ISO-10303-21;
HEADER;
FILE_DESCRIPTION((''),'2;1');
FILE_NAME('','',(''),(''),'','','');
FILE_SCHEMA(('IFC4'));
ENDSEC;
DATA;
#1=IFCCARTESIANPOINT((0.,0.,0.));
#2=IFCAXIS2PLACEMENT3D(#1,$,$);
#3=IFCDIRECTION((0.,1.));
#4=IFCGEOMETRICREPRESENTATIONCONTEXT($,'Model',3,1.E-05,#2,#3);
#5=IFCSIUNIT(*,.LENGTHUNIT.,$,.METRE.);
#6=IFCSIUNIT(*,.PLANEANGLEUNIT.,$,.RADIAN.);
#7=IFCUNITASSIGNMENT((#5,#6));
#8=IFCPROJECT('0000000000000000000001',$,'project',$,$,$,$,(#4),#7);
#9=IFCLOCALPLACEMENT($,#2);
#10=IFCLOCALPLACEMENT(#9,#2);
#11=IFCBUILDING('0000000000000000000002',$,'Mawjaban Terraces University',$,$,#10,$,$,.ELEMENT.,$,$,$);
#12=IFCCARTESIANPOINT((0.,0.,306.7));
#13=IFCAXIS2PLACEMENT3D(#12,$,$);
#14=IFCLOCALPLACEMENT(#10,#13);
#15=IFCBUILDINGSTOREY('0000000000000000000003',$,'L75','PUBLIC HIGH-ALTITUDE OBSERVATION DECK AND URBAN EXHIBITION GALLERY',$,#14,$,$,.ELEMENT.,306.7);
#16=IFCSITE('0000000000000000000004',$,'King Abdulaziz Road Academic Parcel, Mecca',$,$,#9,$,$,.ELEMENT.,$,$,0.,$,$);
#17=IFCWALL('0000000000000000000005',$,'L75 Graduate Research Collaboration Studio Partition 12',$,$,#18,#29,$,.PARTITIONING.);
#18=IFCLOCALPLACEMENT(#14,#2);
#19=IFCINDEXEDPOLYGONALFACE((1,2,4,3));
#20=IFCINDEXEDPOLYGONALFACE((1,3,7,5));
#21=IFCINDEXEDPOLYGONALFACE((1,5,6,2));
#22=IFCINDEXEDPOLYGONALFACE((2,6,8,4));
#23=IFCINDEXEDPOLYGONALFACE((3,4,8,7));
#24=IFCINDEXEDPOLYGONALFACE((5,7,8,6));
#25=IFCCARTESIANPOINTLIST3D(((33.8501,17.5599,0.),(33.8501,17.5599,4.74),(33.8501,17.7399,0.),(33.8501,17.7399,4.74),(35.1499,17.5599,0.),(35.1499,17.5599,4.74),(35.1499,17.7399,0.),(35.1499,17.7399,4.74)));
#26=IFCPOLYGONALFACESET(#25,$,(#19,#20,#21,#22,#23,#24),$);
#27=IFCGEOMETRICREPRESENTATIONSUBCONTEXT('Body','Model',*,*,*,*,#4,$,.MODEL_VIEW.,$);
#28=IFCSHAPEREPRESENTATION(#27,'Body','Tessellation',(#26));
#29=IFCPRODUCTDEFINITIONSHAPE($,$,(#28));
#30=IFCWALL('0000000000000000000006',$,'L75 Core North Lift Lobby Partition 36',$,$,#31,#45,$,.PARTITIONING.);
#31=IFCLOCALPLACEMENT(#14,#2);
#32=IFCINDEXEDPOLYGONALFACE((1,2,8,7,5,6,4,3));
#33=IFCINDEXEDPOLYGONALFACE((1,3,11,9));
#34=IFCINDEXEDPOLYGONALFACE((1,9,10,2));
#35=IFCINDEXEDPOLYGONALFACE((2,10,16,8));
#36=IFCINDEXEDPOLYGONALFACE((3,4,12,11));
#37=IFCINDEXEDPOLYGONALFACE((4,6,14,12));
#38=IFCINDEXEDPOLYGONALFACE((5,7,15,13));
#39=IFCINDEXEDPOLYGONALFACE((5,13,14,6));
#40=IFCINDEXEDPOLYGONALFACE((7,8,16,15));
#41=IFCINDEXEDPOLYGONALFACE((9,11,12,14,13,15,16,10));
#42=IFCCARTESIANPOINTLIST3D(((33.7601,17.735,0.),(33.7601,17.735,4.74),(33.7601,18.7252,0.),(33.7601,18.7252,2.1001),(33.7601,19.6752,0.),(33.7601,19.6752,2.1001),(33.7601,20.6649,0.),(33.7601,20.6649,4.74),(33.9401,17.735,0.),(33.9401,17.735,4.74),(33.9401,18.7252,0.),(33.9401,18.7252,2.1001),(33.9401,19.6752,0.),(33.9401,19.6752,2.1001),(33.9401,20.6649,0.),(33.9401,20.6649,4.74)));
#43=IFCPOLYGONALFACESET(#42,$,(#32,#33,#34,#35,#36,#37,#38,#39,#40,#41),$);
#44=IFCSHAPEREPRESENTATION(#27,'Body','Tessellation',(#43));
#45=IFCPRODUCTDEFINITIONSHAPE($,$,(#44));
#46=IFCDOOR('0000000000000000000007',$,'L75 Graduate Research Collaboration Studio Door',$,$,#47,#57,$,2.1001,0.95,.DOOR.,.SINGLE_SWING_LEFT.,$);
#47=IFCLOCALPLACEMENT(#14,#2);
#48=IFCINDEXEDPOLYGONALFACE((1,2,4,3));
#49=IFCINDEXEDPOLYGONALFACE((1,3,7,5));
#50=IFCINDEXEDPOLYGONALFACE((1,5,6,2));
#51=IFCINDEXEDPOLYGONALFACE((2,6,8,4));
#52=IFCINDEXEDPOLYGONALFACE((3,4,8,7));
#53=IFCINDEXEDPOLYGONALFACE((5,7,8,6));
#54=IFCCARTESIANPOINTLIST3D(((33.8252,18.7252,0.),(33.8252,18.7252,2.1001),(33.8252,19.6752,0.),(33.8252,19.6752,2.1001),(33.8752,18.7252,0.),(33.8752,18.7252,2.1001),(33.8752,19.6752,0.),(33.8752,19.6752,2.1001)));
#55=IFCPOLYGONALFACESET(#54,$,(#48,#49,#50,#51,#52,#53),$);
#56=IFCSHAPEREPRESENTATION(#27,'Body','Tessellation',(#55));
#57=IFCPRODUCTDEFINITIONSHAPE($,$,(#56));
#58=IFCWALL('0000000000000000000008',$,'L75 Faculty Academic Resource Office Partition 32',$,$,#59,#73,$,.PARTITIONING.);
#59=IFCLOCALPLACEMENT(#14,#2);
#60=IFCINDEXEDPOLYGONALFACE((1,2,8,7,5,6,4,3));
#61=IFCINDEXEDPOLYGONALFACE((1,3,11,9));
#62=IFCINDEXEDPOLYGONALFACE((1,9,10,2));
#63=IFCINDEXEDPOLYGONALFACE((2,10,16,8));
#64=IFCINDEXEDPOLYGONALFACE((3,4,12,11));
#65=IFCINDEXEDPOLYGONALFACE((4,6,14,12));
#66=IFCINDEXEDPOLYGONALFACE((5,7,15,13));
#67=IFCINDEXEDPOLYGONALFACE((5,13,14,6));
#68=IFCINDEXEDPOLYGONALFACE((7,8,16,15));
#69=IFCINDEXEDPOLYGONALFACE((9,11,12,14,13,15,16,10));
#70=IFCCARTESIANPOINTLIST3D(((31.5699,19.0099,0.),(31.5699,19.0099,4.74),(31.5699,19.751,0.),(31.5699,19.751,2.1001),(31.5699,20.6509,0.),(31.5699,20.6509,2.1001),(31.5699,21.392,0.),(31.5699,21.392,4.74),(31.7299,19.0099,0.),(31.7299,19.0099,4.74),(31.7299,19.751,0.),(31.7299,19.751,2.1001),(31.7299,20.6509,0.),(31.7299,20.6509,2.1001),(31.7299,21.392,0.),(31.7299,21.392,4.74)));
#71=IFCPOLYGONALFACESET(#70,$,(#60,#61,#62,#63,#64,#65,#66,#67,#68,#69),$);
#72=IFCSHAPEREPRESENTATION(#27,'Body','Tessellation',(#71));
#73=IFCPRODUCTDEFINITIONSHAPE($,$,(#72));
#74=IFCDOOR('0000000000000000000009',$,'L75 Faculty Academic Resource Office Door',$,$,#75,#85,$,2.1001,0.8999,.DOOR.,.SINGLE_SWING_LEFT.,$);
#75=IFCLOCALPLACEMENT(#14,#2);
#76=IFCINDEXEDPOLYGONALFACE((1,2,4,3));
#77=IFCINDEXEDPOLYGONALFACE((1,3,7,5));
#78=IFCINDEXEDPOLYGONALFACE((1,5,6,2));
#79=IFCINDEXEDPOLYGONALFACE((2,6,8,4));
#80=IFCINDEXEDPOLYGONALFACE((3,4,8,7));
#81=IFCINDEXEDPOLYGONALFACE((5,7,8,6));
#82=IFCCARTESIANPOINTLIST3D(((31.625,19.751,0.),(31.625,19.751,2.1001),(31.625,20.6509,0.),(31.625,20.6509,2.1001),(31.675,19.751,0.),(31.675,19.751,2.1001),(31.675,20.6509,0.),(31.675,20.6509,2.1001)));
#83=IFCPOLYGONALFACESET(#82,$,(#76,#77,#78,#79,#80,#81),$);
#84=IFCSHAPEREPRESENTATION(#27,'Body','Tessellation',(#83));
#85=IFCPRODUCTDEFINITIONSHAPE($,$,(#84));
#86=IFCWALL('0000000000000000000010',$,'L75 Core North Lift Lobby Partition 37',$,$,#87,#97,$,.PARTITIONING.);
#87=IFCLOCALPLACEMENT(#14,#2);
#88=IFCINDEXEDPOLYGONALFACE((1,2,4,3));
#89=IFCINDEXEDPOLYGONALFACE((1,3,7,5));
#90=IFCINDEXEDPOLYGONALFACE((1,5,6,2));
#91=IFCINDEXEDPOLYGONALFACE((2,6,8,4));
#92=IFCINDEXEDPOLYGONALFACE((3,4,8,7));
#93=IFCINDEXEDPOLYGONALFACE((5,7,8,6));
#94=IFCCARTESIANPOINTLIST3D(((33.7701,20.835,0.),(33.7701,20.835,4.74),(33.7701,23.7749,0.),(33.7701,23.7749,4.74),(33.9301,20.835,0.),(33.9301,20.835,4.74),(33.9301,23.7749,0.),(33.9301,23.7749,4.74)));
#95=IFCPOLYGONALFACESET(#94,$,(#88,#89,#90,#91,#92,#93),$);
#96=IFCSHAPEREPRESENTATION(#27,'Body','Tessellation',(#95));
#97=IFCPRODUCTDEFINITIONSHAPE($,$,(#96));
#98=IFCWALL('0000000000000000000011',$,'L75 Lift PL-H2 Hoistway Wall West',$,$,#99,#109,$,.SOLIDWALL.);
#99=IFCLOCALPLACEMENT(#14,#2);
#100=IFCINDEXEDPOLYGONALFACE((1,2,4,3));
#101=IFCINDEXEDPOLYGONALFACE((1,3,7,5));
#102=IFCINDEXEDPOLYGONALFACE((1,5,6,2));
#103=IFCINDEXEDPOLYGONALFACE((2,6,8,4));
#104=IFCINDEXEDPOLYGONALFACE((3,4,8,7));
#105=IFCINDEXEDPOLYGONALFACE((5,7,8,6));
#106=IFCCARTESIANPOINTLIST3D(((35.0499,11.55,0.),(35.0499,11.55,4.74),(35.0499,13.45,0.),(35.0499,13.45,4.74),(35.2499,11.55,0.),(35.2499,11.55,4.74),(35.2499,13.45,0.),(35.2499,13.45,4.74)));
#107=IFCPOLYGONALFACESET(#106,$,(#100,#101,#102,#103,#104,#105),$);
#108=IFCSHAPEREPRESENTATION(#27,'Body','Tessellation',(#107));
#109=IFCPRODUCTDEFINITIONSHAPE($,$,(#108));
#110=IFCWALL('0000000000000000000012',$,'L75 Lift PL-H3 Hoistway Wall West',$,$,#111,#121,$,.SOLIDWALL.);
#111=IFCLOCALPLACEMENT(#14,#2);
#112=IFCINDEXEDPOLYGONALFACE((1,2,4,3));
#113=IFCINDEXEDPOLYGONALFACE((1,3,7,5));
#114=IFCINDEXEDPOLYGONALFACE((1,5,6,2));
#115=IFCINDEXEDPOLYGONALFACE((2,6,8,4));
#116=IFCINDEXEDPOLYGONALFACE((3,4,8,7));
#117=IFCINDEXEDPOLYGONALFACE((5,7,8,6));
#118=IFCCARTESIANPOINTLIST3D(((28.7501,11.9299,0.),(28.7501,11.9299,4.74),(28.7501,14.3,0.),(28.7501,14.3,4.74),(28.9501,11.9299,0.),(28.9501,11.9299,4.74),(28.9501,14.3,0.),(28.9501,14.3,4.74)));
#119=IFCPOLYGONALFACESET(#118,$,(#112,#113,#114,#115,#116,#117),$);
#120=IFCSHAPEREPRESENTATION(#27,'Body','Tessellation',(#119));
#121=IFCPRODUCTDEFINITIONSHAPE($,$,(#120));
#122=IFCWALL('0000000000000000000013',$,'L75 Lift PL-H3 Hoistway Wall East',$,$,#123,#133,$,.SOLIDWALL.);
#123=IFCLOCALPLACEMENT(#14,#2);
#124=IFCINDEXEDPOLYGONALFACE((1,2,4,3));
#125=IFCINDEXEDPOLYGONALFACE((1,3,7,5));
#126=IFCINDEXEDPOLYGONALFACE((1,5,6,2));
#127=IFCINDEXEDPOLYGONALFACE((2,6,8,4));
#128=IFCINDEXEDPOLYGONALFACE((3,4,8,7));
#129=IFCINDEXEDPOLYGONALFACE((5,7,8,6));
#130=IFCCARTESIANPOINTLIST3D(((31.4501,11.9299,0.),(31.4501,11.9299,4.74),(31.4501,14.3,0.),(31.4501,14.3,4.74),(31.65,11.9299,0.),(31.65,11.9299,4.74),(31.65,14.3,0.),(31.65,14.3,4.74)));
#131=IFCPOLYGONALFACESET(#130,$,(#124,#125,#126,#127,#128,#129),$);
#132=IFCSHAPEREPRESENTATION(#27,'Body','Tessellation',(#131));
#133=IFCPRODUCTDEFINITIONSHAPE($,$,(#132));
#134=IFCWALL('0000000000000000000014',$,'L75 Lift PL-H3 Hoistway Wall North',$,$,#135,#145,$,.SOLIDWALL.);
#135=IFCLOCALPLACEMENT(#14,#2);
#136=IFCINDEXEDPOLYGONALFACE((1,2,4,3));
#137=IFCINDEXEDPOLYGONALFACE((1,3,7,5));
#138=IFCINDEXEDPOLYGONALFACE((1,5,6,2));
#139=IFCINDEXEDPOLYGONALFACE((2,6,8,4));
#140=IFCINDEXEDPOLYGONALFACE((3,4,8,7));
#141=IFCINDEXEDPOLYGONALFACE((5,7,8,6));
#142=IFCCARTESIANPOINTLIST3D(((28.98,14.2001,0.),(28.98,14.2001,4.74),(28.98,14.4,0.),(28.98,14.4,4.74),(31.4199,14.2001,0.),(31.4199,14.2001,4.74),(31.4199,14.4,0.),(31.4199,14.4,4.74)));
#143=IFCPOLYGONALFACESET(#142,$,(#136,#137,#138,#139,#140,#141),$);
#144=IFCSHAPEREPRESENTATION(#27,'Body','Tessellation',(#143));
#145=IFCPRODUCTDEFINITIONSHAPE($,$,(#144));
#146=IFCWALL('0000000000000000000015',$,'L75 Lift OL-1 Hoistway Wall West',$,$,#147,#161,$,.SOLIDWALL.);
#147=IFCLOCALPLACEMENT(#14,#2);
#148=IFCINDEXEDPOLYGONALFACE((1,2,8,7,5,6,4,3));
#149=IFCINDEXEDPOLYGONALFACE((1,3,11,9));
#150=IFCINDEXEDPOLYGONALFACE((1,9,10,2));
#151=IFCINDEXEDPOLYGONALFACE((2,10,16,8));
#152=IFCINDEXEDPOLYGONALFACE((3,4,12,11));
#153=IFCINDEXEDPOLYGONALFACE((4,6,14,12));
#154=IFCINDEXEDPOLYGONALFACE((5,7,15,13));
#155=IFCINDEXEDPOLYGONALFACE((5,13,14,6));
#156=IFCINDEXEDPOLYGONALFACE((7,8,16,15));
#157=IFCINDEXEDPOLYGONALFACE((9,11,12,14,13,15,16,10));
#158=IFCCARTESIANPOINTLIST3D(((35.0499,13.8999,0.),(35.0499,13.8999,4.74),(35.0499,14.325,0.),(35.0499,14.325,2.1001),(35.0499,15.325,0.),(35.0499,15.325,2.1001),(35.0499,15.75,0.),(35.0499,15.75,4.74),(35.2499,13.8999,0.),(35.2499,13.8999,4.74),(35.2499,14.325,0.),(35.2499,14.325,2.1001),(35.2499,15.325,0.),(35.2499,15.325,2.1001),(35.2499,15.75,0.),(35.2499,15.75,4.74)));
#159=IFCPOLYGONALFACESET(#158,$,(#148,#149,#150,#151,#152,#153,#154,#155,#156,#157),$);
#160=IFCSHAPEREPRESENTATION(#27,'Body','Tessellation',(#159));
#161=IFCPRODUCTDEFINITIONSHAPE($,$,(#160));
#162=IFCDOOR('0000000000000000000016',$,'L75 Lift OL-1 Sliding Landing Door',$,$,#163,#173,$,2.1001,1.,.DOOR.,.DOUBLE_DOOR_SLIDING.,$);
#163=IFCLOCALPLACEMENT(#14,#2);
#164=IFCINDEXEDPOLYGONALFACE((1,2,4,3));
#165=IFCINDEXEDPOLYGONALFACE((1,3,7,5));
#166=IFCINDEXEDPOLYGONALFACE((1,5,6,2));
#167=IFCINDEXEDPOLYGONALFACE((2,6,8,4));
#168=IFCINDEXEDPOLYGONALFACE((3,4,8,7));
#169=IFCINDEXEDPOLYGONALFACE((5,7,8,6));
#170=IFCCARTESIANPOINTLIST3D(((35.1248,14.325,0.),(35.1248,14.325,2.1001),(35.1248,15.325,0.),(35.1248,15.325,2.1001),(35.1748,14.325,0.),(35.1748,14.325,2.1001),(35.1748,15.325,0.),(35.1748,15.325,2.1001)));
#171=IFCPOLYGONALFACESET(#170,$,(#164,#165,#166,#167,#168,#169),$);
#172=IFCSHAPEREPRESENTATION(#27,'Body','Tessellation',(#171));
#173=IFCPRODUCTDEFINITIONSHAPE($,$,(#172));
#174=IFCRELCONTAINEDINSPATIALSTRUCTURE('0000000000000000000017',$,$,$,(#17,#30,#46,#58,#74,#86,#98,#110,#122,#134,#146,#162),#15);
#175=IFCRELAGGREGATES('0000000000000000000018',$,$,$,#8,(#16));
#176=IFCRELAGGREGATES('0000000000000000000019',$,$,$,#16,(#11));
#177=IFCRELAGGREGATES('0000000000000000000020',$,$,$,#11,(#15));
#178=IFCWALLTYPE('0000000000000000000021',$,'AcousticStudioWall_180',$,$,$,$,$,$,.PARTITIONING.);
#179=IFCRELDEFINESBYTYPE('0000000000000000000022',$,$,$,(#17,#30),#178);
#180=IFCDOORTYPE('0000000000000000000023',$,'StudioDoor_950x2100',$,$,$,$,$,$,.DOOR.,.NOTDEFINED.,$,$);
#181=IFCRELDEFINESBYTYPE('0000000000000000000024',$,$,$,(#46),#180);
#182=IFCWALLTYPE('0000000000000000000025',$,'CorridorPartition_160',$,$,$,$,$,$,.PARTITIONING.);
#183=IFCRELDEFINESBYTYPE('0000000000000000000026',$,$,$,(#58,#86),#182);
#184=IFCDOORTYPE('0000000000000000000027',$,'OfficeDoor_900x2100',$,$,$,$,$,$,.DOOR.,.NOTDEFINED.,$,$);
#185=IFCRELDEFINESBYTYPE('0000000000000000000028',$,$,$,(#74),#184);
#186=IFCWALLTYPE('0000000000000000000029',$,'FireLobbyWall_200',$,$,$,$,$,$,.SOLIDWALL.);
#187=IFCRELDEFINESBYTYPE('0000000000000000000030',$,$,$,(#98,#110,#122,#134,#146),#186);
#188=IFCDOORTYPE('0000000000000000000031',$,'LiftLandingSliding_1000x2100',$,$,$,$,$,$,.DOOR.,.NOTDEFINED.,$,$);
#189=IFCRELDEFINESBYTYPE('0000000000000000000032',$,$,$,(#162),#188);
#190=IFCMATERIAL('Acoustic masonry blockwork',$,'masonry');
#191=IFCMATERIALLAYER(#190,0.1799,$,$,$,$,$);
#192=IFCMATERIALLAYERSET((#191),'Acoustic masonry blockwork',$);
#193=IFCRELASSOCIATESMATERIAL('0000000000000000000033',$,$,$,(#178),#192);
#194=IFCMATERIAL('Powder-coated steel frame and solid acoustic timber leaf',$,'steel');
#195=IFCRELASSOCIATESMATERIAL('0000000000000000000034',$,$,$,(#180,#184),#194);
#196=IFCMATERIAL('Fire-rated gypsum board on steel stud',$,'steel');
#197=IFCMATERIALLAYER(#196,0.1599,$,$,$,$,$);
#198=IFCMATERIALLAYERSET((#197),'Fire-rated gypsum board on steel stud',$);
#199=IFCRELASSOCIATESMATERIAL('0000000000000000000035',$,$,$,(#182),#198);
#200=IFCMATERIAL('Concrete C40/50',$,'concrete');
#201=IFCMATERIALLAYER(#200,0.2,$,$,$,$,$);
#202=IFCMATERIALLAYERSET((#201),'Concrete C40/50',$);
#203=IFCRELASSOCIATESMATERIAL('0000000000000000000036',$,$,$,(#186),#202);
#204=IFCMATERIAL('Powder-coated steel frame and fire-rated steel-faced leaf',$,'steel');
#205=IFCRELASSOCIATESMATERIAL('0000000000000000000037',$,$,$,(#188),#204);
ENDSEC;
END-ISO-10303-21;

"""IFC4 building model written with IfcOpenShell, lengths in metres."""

from ifc_helpers import new_model, si_unit, direction, frame, frame_2d, origin, place, context, subcontext, project, spatial, rectangle, extrude, material, layer, layer_set, type_object, element, fill, save


model = new_model("IFC4")

# Units and contexts
model_context = context("Model", 3, precision=1e-05, world=origin(), true_north=direction((0.0, 1.0)))
body_context = subcontext(model_context, "Body", "Model", "MODEL_VIEW")
ifc_project = project(units=[si_unit("LENGTHUNIT", "METRE"), si_unit("PLANEANGLEUNIT", "RADIAN")], contexts=[model_context])

# Site, building, storey
site_placement = place(None, origin())
site = spatial("IfcSite", under=ifc_project, at=site_placement, Name="King Abdulaziz Road Academic Parcel, Mecca", CompositionType="ELEMENT", RefElevation=0.0)
building_placement = place(site_placement, origin())
building = spatial("IfcBuilding", under=site, at=building_placement, Name="Mawjaban Terraces University", CompositionType="ELEMENT")
storey_placement = place(building_placement, frame((0.0, 0.0, 306.7)))
storey = spatial("IfcBuildingStorey", under=building, at=storey_placement, Name="L75", Description="PUBLIC HIGH-ALTITUDE OBSERVATION DECK AND URBAN EXHIBITION GALLERY", CompositionType="ELEMENT", Elevation=306.7)

# Wall
ifc_material_1 = material(Name="Acoustic masonry blockwork", Category="masonry")
ifc_layer_1 = layer(ifc_material_1, 0.1799)
ifc_layer_set_1 = layer_set([ifc_layer_1], Name="Acoustic masonry blockwork")
wall_type_1 = type_object("IfcWallType", Name="AcousticStudioWall_180", PredefinedType="PARTITIONING", material=ifc_layer_set_1)
wall_1_placement = place(storey_placement, frame((33.8501, 17.6499, 0.0), z_axis=(0.0, 0.0, 1.0), x_axis=(1.0, 0.0, 0.0)))
element("IfcWall", 1, at=wall_1_placement, inside=storey, type_object=wall_type_1, Name="L75 Graduate Research Collaboration Studio Partition 12", PredefinedType="PARTITIONING", context=body_context, shape_type="SweptSolid", body=[
    extrude(rectangle(XDim=1.2998, YDim=0.1799, at=frame_2d((0.6499, 0.0))), origin(), (0.0, 0.0, 1.0), 4.74),
])

# Walls, openings, doors
wall_2_placement = place(storey_placement, frame((33.8501, 17.7351, 0.0), z_axis=(0.0, 0.0, 1.0), x_axis=(0.0, 1.0, 0.0)))
wall_2 = element("IfcWall", 2, at=wall_2_placement, inside=storey, type_object=wall_type_1, Name="L75 Core North Lift Lobby Partition 36", PredefinedType="PARTITIONING", context=body_context, shape_type="SweptSolid", body=[
    extrude(rectangle(XDim=2.9299, YDim=0.1799, at=frame_2d((1.4648, 0.0))), origin(), (0.0, 0.0, 1.0), 4.74),
])
opening_1_placement = place(wall_2_placement, frame((0.99, 0.0, 0.0)))
opening_1 = element("IfcOpeningElement", 3, at=opening_1_placement, cuts=wall_2, PredefinedType="OPENING", context=body_context, shape_type="SweptSolid", body=[
    extrude(rectangle(XDim=0.95, YDim=2.1001, at=frame_2d((0.4751, 1.05))), frame((0.0, 0.0999, 0.0), z_axis=(0.0, -1.0, 0.0), x_axis=(1.0, 0.0, 0.0)), (0.0, 0.0, 1.0), 0.2),
])
ifc_material_2 = material(Name="Powder-coated steel frame and solid acoustic timber leaf", Category="steel")
door_type_1 = type_object("IfcDoorType", Name="StudioDoor_950x2100", OperationType="NOTDEFINED", PredefinedType="DOOR", material=ifc_material_2)
door_1_placement = place(opening_1_placement, origin())
door_1 = element("IfcDoor", 4, at=door_1_placement, inside=storey, type_object=door_type_1, Name="L75 Graduate Research Collaboration Studio Door", OperationType="SINGLE_SWING_LEFT", OverallHeight=2.1001, OverallWidth=0.95, PredefinedType="DOOR", context=body_context, shape_type="SweptSolid", body=[
    extrude(rectangle(XDim=0.95, YDim=2.1001, at=frame_2d((0.4751, 1.05))), frame((0.0, 0.0249, 0.0), z_axis=(0.0, -1.0, 0.0), x_axis=(1.0, 0.0, 0.0)), (0.0, 0.0, 1.0), 0.05),
])
fill(opening_1, door_1)
ifc_material_3 = material(Name="Fire-rated gypsum board on steel stud", Category="steel")
ifc_layer_2 = layer(ifc_material_3, 0.1599)
ifc_layer_set_2 = layer_set([ifc_layer_2], Name="Fire-rated gypsum board on steel stud")
wall_type_2 = type_object("IfcWallType", Name="CorridorPartition_160", PredefinedType="PARTITIONING", material=ifc_layer_set_2)
wall_3_placement = place(storey_placement, frame((31.6499, 19.01, 0.0), z_axis=(0.0, 0.0, 1.0), x_axis=(0.0, 1.0, 0.0)))
wall_3 = element("IfcWall", 5, at=wall_3_placement, inside=storey, type_object=wall_type_2, Name="L75 Faculty Academic Resource Office Partition 32", PredefinedType="PARTITIONING", context=body_context, shape_type="SweptSolid", body=[
    extrude(rectangle(XDim=2.3821, YDim=0.1599, at=frame_2d((1.1909, 0.0))), origin(), (0.0, 0.0, 1.0), 4.74),
])
opening_2_placement = place(wall_3_placement, frame((0.741, 0.0, 0.0)))
opening_2 = element("IfcOpeningElement", 6, at=opening_2_placement, cuts=wall_3, PredefinedType="OPENING", context=body_context, shape_type="SweptSolid", body=[
    extrude(rectangle(XDim=0.8999, YDim=2.1001, at=frame_2d((0.45, 1.05))), frame((0.0, 0.0898, 0.0), z_axis=(0.0, -1.0, 0.0), x_axis=(1.0, 0.0, 0.0)), (0.0, 0.0, 1.0), 0.1799),
])
door_type_2 = type_object("IfcDoorType", Name="OfficeDoor_900x2100", OperationType="NOTDEFINED", PredefinedType="DOOR", material=ifc_material_2)
door_2_placement = place(opening_2_placement, origin())
door_2 = element("IfcDoor", 7, at=door_2_placement, inside=storey, type_object=door_type_2, Name="L75 Faculty Academic Resource Office Door", OperationType="SINGLE_SWING_LEFT", OverallHeight=2.1001, OverallWidth=0.8999, PredefinedType="DOOR", context=body_context, shape_type="SweptSolid", body=[
    extrude(rectangle(XDim=0.8999, YDim=2.1001, at=frame_2d((0.45, 1.05))), frame((0.0, 0.0249, 0.0), z_axis=(0.0, -1.0, 0.0), x_axis=(1.0, 0.0, 0.0)), (0.0, 0.0, 1.0), 0.05),
])
fill(opening_2, door_2)

# Walls
wall_4_placement = place(storey_placement, frame((33.8501, 20.835, 0.0), z_axis=(0.0, 0.0, 1.0), x_axis=(0.0, 1.0, 0.0)))
element("IfcWall", 8, at=wall_4_placement, inside=storey, type_object=wall_type_2, Name="L75 Core North Lift Lobby Partition 37", PredefinedType="PARTITIONING", context=body_context, shape_type="SweptSolid", body=[
    extrude(rectangle(XDim=2.9399, YDim=0.1599, at=frame_2d((1.47, 0.0))), origin(), (0.0, 0.0, 1.0), 4.74),
])
ifc_material_4 = material(Name="Concrete C40/50", Category="concrete")
ifc_layer_3 = layer(ifc_material_4, 0.2)
ifc_layer_set_3 = layer_set([ifc_layer_3], Name="Concrete C40/50")
wall_type_3 = type_object("IfcWallType", Name="FireLobbyWall_200", PredefinedType="SOLIDWALL", material=ifc_layer_set_3)
wall_5_placement = place(storey_placement, frame((35.1499, 13.45, 0.0), z_axis=(0.0, 0.0, 1.0), x_axis=(0.0, -1.0, 0.0)))
element("IfcWall", 9, at=wall_5_placement, inside=storey, type_object=wall_type_3, Name="L75 Lift PL-H2 Hoistway Wall West", PredefinedType="SOLIDWALL", context=body_context, shape_type="SweptSolid", body=[
    extrude(rectangle(XDim=1.8999, YDim=0.2, at=frame_2d((0.95, 0.0))), origin(), (0.0, 0.0, 1.0), 4.74),
])
for number, where, z_axis, x_axis, name in (
    (10, (28.8501, 14.3, 0.0), (0.0, 0.0, 1.0), (0.0, -1.0, 0.0), "L75 Lift PL-H3 Hoistway Wall West"),
    (11, (31.55, 11.9299, 0.0), (0.0, 0.0, 1.0), (0.0, 1.0, 0.0), "L75 Lift PL-H3 Hoistway Wall East"),
):
    element("IfcWall", number, at=place(storey_placement, frame(where, z_axis=z_axis, x_axis=x_axis)), inside=storey, type_object=wall_type_3, Name=name, PredefinedType="SOLIDWALL", context=body_context, shape_type="SweptSolid", body=[
        extrude(rectangle(XDim=2.3701, YDim=0.2, at=frame_2d((1.1851, 0.0))), origin(), (0.0, 0.0, 1.0), 4.74),
    ])
wall_6_placement = place(storey_placement, frame((31.4199, 14.3, 0.0), z_axis=(0.0, 0.0, 1.0), x_axis=(-1.0, 0.0, 0.0)))
element("IfcWall", 12, at=wall_6_placement, inside=storey, type_object=wall_type_3, Name="L75 Lift PL-H3 Hoistway Wall North", PredefinedType="SOLIDWALL", context=body_context, shape_type="SweptSolid", body=[
    extrude(rectangle(XDim=2.4399, YDim=0.2, at=frame_2d((1.22, 0.0))), origin(), (0.0, 0.0, 1.0), 4.74),
])

# Wall, opening, door
wall_7_placement = place(storey_placement, frame((35.1499, 15.75, 0.0), z_axis=(0.0, 0.0, 1.0), x_axis=(0.0, -1.0, 0.0)))
wall_7 = element("IfcWall", 13, at=wall_7_placement, inside=storey, type_object=wall_type_3, Name="L75 Lift OL-1 Hoistway Wall West", PredefinedType="SOLIDWALL", context=body_context, shape_type="SweptSolid", body=[
    extrude(rectangle(XDim=1.8501, YDim=0.2, at=frame_2d((0.925, 0.0))), origin(), (0.0, 0.0, 1.0), 4.74),
])
opening_3_placement = place(wall_7_placement, frame((0.425, 0.0, 0.0)))
opening_3 = element("IfcOpeningElement", 14, at=opening_3_placement, cuts=wall_7, PredefinedType="OPENING", context=body_context, shape_type="SweptSolid", body=[
    extrude(rectangle(XDim=1.0, YDim=2.1001, at=frame_2d((0.5, 1.05))), frame((0.0, 0.1099, 0.0), z_axis=(0.0, -1.0, 0.0), x_axis=(1.0, 0.0, 0.0)), (0.0, 0.0, 1.0), 0.22),
])
ifc_material_5 = material(Name="Powder-coated steel frame and fire-rated steel-faced leaf", Category="steel")
door_type_3 = type_object("IfcDoorType", Name="LiftLandingSliding_1000x2100", OperationType="NOTDEFINED", PredefinedType="DOOR", material=ifc_material_5)
door_3_placement = place(opening_3_placement, origin())
door_3 = element("IfcDoor", 15, at=door_3_placement, inside=storey, type_object=door_type_3, Name="L75 Lift OL-1 Sliding Landing Door", OperationType="DOUBLE_DOOR_SLIDING", OverallHeight=2.1001, OverallWidth=1.0, PredefinedType="DOOR", context=body_context, shape_type="SweptSolid", body=[
    extrude(rectangle(XDim=1.0, YDim=2.1001, at=frame_2d((0.5, 1.05))), frame((0.0, 0.0249, 0.0), z_axis=(0.0, -1.0, 0.0), x_axis=(1.0, 0.0, 0.0)), (0.0, 0.0, 1.0), 0.05),
])
fill(opening_3, door_3)

save(model, "model.ifc")
